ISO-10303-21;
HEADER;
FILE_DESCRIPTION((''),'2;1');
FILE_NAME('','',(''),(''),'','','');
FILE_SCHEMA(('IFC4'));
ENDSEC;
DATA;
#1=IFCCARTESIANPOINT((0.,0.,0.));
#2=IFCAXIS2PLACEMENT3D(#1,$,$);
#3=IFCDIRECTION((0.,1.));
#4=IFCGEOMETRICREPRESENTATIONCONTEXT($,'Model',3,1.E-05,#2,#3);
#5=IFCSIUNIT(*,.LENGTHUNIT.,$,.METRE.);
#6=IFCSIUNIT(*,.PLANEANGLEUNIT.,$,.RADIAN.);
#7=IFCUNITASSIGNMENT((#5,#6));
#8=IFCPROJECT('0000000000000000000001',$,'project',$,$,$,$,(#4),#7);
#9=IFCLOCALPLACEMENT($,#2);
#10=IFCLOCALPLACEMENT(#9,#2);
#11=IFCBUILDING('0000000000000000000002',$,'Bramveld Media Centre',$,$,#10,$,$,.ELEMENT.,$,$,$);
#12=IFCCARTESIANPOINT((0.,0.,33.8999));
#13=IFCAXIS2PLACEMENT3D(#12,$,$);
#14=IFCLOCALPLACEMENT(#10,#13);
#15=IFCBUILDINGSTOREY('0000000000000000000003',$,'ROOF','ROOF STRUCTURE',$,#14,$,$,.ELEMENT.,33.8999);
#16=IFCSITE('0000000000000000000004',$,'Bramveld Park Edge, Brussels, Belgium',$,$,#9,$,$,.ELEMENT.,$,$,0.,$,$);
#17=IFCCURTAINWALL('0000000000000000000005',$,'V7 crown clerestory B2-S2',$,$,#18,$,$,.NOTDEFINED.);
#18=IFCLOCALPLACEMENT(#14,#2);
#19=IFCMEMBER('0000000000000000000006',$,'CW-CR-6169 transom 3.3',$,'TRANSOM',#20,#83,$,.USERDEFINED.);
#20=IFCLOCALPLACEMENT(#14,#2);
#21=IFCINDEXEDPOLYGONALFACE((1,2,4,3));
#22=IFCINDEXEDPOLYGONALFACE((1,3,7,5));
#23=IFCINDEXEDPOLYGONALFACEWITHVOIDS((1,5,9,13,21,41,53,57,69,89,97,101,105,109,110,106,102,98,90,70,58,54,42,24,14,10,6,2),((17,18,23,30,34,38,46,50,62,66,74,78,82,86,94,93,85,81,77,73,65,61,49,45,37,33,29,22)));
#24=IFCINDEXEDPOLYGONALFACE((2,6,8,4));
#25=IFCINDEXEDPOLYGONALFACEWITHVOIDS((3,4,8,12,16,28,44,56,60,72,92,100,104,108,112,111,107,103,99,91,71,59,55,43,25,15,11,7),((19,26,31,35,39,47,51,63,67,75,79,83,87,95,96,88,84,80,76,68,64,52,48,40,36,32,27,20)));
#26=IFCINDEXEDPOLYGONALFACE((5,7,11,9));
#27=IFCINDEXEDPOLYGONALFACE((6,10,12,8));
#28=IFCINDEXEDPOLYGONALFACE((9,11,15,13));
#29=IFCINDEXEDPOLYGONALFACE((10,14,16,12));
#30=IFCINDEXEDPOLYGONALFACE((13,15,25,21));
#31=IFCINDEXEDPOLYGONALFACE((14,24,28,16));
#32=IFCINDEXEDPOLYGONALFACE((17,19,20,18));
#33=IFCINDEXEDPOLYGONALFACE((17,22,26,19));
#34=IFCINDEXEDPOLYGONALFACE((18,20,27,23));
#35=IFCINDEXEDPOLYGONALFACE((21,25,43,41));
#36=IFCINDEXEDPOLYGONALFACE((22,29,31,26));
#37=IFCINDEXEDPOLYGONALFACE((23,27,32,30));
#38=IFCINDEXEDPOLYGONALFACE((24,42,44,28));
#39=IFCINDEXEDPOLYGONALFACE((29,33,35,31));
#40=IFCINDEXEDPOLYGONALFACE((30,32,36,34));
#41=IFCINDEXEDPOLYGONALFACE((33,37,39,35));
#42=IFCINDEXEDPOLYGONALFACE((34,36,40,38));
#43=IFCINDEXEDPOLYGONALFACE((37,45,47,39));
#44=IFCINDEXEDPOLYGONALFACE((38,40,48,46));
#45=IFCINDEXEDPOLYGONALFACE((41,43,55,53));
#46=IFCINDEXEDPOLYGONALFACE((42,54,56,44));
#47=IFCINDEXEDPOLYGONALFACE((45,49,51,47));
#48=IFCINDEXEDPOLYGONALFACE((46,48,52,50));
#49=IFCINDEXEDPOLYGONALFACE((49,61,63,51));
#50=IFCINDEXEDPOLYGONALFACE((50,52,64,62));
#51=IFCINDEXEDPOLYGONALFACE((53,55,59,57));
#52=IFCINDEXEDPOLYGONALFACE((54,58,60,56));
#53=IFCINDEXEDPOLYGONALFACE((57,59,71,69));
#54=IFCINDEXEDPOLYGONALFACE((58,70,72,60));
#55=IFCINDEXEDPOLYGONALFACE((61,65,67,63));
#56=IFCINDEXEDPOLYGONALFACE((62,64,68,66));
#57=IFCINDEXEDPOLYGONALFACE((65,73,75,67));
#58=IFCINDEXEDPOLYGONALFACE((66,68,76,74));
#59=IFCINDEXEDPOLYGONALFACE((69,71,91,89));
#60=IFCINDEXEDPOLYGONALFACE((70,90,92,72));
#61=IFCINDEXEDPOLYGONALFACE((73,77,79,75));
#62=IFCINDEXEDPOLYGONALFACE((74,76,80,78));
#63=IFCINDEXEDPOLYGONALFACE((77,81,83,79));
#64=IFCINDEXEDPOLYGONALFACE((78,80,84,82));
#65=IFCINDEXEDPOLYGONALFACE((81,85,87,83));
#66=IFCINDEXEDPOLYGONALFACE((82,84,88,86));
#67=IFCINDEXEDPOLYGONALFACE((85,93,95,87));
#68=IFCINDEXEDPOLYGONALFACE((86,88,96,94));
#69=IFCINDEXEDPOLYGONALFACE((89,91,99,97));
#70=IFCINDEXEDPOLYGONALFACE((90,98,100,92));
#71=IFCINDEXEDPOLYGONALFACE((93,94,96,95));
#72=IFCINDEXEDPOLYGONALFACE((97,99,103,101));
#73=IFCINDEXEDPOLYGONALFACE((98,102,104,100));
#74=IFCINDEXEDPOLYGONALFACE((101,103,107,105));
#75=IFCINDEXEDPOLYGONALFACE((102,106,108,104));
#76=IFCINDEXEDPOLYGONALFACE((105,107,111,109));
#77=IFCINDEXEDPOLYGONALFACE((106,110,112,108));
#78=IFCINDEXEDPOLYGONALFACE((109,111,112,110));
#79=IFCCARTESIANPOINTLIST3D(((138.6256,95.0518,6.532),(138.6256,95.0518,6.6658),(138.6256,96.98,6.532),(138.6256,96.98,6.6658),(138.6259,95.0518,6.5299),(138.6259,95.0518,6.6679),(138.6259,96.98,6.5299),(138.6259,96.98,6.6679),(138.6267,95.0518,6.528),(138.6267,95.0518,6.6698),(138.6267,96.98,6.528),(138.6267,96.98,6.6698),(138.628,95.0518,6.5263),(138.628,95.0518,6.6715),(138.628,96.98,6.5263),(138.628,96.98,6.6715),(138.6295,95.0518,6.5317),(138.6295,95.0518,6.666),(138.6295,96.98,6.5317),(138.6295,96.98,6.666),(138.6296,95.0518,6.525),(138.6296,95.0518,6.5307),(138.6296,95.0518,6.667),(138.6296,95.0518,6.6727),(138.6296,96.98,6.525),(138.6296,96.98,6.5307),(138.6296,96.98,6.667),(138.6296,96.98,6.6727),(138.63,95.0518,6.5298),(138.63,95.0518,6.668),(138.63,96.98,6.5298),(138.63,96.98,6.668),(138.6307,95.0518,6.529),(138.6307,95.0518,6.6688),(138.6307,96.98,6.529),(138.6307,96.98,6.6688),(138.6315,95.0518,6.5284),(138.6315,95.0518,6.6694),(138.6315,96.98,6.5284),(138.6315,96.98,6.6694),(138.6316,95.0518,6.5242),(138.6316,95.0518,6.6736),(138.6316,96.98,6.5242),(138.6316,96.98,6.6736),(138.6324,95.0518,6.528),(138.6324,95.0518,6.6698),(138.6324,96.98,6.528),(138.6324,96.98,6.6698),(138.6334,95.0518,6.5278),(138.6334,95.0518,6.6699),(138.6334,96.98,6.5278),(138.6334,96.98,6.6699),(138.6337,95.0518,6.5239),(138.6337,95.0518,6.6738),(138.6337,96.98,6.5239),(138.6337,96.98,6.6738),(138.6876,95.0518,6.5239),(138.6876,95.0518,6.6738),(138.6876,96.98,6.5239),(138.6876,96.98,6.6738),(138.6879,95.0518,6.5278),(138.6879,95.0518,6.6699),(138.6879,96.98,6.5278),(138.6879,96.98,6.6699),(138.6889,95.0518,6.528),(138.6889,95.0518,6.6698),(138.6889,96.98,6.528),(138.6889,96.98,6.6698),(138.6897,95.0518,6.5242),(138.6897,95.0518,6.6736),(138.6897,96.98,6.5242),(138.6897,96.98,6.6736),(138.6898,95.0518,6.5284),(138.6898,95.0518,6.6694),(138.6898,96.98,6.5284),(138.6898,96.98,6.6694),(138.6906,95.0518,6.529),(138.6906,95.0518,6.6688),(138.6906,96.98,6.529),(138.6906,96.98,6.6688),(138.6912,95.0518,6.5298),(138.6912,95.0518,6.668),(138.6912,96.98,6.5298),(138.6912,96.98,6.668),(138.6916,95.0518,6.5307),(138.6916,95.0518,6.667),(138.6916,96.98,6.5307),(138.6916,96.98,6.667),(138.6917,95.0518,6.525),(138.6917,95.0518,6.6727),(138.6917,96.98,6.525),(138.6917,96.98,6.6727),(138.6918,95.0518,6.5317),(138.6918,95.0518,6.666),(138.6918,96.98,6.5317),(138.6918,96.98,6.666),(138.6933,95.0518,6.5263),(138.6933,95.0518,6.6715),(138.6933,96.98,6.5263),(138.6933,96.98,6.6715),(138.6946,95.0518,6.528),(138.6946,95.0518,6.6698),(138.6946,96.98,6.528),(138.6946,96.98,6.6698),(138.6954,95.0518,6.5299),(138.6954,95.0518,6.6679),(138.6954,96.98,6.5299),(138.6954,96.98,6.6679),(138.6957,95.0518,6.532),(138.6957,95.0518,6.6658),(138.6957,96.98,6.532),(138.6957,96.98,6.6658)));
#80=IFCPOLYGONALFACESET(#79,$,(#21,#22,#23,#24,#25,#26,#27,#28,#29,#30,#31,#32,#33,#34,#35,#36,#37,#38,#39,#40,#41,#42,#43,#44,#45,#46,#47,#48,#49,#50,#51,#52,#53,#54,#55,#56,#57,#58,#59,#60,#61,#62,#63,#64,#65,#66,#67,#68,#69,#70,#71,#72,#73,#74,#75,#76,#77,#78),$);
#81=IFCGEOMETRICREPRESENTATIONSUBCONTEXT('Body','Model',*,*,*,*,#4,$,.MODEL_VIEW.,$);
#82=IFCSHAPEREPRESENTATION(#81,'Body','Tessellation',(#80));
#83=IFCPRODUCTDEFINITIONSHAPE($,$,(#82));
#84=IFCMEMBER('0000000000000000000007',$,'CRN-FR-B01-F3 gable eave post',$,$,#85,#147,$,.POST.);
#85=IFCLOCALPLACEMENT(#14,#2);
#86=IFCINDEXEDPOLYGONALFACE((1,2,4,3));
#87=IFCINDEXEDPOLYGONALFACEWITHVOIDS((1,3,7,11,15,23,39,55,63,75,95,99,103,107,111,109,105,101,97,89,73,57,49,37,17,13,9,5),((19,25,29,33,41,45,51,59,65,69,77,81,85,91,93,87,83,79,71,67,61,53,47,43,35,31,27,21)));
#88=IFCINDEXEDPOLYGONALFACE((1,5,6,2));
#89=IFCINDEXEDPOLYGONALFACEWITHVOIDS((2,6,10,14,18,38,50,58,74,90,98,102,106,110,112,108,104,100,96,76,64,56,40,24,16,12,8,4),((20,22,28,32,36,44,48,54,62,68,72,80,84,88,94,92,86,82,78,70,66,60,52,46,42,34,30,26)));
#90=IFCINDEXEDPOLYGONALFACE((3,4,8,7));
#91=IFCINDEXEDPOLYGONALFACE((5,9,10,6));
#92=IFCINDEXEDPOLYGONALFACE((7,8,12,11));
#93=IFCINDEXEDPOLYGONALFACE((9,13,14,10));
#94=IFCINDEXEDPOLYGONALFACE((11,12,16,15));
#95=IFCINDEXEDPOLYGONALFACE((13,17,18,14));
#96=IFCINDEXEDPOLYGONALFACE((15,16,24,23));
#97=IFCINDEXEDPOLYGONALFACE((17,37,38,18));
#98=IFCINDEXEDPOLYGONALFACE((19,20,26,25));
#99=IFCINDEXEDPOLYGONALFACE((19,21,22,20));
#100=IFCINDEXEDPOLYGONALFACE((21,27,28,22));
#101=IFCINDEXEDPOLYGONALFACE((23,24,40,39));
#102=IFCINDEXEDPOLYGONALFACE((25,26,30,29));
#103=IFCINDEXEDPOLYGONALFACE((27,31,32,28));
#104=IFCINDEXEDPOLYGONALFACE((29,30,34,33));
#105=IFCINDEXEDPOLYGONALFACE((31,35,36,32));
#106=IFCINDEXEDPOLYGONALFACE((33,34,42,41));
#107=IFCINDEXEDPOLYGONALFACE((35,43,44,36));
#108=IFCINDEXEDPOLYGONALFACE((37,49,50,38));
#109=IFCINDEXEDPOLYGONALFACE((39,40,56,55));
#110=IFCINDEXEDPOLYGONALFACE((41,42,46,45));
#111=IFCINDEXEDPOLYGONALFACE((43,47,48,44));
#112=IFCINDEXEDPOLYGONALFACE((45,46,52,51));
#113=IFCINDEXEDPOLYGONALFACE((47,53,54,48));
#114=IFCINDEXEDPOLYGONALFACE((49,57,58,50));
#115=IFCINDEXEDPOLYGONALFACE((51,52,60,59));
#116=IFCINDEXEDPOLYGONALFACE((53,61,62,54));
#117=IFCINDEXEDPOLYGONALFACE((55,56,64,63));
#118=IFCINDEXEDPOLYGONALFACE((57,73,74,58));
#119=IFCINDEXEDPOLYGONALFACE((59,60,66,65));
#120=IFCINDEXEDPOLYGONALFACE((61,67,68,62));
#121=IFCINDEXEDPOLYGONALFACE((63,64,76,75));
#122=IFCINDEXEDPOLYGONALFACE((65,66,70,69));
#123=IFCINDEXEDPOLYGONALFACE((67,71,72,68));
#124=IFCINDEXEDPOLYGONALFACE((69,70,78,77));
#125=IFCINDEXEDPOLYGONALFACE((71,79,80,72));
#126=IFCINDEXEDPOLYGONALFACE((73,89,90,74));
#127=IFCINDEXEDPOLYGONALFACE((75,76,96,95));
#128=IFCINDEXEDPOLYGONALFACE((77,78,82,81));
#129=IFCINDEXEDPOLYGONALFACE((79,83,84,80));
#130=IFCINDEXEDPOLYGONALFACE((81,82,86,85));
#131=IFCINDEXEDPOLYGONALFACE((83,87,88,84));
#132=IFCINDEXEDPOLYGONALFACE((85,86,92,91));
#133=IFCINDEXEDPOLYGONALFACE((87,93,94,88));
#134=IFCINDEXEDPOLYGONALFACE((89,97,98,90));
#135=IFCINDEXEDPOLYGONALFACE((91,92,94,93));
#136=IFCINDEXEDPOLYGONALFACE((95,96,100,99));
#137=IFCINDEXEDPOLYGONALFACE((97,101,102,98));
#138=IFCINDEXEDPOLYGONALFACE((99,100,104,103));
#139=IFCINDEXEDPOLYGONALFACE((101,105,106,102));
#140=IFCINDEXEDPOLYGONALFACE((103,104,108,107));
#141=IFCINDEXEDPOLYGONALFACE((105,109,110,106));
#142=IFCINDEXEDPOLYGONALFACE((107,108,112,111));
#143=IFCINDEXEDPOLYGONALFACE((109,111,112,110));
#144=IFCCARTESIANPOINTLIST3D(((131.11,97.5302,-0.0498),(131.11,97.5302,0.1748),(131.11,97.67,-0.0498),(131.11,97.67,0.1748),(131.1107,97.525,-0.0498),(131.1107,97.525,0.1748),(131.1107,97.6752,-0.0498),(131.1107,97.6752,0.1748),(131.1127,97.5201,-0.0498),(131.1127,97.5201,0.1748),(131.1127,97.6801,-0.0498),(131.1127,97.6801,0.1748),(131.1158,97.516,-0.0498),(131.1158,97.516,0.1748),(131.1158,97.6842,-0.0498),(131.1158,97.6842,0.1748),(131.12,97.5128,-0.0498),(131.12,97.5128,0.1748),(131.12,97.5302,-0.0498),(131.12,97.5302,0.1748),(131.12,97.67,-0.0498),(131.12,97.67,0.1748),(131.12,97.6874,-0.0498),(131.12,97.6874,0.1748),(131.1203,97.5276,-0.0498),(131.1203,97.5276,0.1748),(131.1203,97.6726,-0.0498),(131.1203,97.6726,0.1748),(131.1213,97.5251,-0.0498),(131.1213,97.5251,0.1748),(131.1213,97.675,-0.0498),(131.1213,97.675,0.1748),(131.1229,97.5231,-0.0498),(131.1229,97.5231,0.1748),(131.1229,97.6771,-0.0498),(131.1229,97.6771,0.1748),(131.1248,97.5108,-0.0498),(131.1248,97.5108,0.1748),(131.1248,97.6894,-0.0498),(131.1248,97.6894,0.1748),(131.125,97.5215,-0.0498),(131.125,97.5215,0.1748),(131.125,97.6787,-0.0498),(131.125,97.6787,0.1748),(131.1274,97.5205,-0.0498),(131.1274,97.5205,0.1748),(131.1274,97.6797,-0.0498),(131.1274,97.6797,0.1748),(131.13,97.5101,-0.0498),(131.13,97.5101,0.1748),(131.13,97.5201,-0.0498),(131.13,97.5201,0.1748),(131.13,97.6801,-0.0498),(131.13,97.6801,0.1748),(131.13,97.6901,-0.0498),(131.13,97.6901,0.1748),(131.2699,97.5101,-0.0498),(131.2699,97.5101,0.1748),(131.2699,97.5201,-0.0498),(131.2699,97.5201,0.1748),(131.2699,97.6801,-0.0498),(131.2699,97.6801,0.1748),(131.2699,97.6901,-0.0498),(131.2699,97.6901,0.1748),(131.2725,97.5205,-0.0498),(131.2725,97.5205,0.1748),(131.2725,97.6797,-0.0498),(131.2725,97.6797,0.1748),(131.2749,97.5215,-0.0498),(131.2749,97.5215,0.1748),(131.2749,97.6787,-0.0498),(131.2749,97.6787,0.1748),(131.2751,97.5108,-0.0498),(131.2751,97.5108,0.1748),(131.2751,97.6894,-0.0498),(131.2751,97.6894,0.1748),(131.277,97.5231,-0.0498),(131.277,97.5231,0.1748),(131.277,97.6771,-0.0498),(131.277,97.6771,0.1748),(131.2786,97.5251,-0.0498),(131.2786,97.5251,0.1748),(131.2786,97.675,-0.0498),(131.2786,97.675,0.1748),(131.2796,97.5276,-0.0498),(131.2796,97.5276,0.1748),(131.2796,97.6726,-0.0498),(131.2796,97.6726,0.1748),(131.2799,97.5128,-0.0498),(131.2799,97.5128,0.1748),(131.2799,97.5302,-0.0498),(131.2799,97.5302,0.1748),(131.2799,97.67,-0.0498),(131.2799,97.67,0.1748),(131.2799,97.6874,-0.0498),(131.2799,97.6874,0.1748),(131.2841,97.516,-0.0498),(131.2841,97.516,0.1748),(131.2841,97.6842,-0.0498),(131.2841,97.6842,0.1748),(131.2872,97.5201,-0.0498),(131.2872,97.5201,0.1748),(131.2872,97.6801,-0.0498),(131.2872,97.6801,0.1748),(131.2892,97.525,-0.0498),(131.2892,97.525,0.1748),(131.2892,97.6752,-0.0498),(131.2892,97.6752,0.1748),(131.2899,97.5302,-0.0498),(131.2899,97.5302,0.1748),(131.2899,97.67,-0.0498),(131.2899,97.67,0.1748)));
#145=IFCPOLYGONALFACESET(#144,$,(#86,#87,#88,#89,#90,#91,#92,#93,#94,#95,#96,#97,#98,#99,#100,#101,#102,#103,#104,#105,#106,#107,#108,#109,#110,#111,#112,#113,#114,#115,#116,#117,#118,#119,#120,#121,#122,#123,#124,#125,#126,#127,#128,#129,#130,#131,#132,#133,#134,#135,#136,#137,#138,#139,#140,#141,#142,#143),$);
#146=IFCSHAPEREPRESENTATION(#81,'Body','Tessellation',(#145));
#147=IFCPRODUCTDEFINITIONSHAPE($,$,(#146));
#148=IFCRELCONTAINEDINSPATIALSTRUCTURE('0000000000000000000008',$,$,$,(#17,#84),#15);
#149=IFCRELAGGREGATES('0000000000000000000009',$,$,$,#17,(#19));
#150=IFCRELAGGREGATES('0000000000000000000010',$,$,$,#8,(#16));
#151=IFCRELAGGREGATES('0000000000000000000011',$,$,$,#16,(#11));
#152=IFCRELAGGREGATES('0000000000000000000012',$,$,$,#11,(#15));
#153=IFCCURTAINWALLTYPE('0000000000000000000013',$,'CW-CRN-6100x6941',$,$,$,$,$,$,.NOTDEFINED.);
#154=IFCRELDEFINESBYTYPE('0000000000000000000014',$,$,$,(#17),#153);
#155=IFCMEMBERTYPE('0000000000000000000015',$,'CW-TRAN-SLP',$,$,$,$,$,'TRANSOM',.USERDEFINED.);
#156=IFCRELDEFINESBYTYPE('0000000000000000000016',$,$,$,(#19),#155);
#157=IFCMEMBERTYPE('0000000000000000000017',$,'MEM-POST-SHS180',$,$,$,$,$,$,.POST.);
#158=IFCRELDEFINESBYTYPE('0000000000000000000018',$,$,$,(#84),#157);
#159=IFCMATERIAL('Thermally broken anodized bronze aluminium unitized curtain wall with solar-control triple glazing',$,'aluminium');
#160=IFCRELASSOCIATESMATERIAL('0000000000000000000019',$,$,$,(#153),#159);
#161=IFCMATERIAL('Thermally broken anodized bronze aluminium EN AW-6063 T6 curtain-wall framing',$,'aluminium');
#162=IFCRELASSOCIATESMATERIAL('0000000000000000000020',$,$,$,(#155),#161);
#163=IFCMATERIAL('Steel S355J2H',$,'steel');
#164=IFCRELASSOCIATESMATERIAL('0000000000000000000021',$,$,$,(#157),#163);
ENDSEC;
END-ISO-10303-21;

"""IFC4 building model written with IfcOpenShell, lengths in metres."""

from ifc_helpers import new_model, si_unit, direction, frame, origin, origin_2d, place, context, subcontext, project, spatial, hollow_rectangle, extrude, material, material_profile, profile_set, type_object, element, aggregate, save


model = new_model("IFC4")

# Units and contexts
model_context = context("Model", 3, precision=1e-05, world=origin(), true_north=direction((0.0, 1.0)))
body_context = subcontext(model_context, "Body", "Model", "MODEL_VIEW")
ifc_project = project(units=[si_unit("LENGTHUNIT", "METRE"), si_unit("PLANEANGLEUNIT", "RADIAN")], contexts=[model_context])

# Site, building, storey
site_placement = place(None, origin())
site = spatial("IfcSite", under=ifc_project, at=site_placement, Name="Bramveld Park Edge, Brussels, Belgium", CompositionType="ELEMENT", RefElevation=0.0)
building_placement = place(site_placement, origin())
building = spatial("IfcBuilding", under=site, at=building_placement, Name="Bramveld Media Centre", CompositionType="ELEMENT")
storey_placement = place(building_placement, frame((0.0, 0.0, 33.8999)))
storey = spatial("IfcBuildingStorey", under=building, at=storey_placement, Name="ROOF", Description="ROOF STRUCTURE", CompositionType="ELEMENT", Elevation=33.8999)

# Curtain wall, member
ifc_material_1 = material(Name="Thermally broken anodized bronze aluminium unitized curtain wall with solar-control triple glazing", Category="aluminium")
curtain_wall_type = type_object("IfcCurtainWallType", Name="CW-CRN-6100x6941", PredefinedType="NOTDEFINED", material=ifc_material_1)
ifc_material_2 = material(Name="Thermally broken anodized bronze aluminium EN AW-6063 T6 curtain-wall framing", Category="aluminium")
ifc_material_profile_1 = material_profile(ifc_material_2, hollow_rectangle(XDim=0.0701, YDim=0.1499, WallThickness=0.0039, InnerFilletRadius=0.0039, OuterFilletRadius=0.0081, at=origin_2d()), Name="AL-TRAN 70x150")
ifc_profile_set_1 = profile_set([ifc_material_profile_1], Name="Thermally broken anodized bronze aluminium EN AW-6063 T6 curtain-wall framing")
member_type_1 = type_object("IfcMemberType", Name="CW-TRAN-SLP", ElementType="TRANSOM", PredefinedType="USERDEFINED", material=ifc_profile_set_1)
curtain_wall_1_placement = place(storey_placement, origin())
curtain_wall_1 = element("IfcCurtainWall", 1, at=curtain_wall_1_placement, inside=storey, type_object=curtain_wall_type, Name="V7 crown clerestory B2-S2", PredefinedType="NOTDEFINED")
member_1_placement = place(storey_placement, frame((138.6606, 95.0518, 6.5989), z_axis=(0.0, 1.0, 0.0), x_axis=(-1.0, 0.0, 0.0)))
member_1 = element("IfcMember", 2, at=member_1_placement, type_object=member_type_1, Name="CW-CR-6169 transom 3.3", ObjectType="TRANSOM", PredefinedType="USERDEFINED", context=body_context, shape_type="SweptSolid", body=[
    extrude(hollow_rectangle(XDim=0.0701, YDim=0.1499, WallThickness=0.0039, InnerFilletRadius=0.0039, OuterFilletRadius=0.0081, at=origin_2d()), origin(), (0.0, 0.0, 1.0), 1.9282),
])

# Member
ifc_material_3 = material(Name="Steel S355J2H", Category="steel")
ifc_material_profile_2 = material_profile(ifc_material_3, hollow_rectangle(XDim=0.1799, YDim=0.1799, WallThickness=0.01, InnerFilletRadius=0.01, OuterFilletRadius=0.02, at=origin_2d()), Name="SHS 180x180x10")
ifc_profile_set_2 = profile_set([ifc_material_profile_2], Name="Steel S355J2H")
member_type_2 = type_object("IfcMemberType", Name="MEM-POST-SHS180", PredefinedType="POST", material=ifc_profile_set_2)
member_2_placement = place(storey_placement, frame((131.2, 97.6001, -0.0498), z_axis=(0.0, 0.0, 1.0), x_axis=(1.0, 0.0, 0.0)))
element("IfcMember", 3, at=member_2_placement, inside=storey, type_object=member_type_2, Name="CRN-FR-B01-F3 gable eave post", PredefinedType="POST", context=body_context, shape_type="SweptSolid", body=[
    extrude(hollow_rectangle(XDim=0.1799, YDim=0.1799, WallThickness=0.01, InnerFilletRadius=0.01, OuterFilletRadius=0.02, at=origin_2d()), origin(), (0.0, 0.0, 1.0), 0.2246),
])

aggregate(curtain_wall_1, [member_1])

save(model, "model.ifc")
